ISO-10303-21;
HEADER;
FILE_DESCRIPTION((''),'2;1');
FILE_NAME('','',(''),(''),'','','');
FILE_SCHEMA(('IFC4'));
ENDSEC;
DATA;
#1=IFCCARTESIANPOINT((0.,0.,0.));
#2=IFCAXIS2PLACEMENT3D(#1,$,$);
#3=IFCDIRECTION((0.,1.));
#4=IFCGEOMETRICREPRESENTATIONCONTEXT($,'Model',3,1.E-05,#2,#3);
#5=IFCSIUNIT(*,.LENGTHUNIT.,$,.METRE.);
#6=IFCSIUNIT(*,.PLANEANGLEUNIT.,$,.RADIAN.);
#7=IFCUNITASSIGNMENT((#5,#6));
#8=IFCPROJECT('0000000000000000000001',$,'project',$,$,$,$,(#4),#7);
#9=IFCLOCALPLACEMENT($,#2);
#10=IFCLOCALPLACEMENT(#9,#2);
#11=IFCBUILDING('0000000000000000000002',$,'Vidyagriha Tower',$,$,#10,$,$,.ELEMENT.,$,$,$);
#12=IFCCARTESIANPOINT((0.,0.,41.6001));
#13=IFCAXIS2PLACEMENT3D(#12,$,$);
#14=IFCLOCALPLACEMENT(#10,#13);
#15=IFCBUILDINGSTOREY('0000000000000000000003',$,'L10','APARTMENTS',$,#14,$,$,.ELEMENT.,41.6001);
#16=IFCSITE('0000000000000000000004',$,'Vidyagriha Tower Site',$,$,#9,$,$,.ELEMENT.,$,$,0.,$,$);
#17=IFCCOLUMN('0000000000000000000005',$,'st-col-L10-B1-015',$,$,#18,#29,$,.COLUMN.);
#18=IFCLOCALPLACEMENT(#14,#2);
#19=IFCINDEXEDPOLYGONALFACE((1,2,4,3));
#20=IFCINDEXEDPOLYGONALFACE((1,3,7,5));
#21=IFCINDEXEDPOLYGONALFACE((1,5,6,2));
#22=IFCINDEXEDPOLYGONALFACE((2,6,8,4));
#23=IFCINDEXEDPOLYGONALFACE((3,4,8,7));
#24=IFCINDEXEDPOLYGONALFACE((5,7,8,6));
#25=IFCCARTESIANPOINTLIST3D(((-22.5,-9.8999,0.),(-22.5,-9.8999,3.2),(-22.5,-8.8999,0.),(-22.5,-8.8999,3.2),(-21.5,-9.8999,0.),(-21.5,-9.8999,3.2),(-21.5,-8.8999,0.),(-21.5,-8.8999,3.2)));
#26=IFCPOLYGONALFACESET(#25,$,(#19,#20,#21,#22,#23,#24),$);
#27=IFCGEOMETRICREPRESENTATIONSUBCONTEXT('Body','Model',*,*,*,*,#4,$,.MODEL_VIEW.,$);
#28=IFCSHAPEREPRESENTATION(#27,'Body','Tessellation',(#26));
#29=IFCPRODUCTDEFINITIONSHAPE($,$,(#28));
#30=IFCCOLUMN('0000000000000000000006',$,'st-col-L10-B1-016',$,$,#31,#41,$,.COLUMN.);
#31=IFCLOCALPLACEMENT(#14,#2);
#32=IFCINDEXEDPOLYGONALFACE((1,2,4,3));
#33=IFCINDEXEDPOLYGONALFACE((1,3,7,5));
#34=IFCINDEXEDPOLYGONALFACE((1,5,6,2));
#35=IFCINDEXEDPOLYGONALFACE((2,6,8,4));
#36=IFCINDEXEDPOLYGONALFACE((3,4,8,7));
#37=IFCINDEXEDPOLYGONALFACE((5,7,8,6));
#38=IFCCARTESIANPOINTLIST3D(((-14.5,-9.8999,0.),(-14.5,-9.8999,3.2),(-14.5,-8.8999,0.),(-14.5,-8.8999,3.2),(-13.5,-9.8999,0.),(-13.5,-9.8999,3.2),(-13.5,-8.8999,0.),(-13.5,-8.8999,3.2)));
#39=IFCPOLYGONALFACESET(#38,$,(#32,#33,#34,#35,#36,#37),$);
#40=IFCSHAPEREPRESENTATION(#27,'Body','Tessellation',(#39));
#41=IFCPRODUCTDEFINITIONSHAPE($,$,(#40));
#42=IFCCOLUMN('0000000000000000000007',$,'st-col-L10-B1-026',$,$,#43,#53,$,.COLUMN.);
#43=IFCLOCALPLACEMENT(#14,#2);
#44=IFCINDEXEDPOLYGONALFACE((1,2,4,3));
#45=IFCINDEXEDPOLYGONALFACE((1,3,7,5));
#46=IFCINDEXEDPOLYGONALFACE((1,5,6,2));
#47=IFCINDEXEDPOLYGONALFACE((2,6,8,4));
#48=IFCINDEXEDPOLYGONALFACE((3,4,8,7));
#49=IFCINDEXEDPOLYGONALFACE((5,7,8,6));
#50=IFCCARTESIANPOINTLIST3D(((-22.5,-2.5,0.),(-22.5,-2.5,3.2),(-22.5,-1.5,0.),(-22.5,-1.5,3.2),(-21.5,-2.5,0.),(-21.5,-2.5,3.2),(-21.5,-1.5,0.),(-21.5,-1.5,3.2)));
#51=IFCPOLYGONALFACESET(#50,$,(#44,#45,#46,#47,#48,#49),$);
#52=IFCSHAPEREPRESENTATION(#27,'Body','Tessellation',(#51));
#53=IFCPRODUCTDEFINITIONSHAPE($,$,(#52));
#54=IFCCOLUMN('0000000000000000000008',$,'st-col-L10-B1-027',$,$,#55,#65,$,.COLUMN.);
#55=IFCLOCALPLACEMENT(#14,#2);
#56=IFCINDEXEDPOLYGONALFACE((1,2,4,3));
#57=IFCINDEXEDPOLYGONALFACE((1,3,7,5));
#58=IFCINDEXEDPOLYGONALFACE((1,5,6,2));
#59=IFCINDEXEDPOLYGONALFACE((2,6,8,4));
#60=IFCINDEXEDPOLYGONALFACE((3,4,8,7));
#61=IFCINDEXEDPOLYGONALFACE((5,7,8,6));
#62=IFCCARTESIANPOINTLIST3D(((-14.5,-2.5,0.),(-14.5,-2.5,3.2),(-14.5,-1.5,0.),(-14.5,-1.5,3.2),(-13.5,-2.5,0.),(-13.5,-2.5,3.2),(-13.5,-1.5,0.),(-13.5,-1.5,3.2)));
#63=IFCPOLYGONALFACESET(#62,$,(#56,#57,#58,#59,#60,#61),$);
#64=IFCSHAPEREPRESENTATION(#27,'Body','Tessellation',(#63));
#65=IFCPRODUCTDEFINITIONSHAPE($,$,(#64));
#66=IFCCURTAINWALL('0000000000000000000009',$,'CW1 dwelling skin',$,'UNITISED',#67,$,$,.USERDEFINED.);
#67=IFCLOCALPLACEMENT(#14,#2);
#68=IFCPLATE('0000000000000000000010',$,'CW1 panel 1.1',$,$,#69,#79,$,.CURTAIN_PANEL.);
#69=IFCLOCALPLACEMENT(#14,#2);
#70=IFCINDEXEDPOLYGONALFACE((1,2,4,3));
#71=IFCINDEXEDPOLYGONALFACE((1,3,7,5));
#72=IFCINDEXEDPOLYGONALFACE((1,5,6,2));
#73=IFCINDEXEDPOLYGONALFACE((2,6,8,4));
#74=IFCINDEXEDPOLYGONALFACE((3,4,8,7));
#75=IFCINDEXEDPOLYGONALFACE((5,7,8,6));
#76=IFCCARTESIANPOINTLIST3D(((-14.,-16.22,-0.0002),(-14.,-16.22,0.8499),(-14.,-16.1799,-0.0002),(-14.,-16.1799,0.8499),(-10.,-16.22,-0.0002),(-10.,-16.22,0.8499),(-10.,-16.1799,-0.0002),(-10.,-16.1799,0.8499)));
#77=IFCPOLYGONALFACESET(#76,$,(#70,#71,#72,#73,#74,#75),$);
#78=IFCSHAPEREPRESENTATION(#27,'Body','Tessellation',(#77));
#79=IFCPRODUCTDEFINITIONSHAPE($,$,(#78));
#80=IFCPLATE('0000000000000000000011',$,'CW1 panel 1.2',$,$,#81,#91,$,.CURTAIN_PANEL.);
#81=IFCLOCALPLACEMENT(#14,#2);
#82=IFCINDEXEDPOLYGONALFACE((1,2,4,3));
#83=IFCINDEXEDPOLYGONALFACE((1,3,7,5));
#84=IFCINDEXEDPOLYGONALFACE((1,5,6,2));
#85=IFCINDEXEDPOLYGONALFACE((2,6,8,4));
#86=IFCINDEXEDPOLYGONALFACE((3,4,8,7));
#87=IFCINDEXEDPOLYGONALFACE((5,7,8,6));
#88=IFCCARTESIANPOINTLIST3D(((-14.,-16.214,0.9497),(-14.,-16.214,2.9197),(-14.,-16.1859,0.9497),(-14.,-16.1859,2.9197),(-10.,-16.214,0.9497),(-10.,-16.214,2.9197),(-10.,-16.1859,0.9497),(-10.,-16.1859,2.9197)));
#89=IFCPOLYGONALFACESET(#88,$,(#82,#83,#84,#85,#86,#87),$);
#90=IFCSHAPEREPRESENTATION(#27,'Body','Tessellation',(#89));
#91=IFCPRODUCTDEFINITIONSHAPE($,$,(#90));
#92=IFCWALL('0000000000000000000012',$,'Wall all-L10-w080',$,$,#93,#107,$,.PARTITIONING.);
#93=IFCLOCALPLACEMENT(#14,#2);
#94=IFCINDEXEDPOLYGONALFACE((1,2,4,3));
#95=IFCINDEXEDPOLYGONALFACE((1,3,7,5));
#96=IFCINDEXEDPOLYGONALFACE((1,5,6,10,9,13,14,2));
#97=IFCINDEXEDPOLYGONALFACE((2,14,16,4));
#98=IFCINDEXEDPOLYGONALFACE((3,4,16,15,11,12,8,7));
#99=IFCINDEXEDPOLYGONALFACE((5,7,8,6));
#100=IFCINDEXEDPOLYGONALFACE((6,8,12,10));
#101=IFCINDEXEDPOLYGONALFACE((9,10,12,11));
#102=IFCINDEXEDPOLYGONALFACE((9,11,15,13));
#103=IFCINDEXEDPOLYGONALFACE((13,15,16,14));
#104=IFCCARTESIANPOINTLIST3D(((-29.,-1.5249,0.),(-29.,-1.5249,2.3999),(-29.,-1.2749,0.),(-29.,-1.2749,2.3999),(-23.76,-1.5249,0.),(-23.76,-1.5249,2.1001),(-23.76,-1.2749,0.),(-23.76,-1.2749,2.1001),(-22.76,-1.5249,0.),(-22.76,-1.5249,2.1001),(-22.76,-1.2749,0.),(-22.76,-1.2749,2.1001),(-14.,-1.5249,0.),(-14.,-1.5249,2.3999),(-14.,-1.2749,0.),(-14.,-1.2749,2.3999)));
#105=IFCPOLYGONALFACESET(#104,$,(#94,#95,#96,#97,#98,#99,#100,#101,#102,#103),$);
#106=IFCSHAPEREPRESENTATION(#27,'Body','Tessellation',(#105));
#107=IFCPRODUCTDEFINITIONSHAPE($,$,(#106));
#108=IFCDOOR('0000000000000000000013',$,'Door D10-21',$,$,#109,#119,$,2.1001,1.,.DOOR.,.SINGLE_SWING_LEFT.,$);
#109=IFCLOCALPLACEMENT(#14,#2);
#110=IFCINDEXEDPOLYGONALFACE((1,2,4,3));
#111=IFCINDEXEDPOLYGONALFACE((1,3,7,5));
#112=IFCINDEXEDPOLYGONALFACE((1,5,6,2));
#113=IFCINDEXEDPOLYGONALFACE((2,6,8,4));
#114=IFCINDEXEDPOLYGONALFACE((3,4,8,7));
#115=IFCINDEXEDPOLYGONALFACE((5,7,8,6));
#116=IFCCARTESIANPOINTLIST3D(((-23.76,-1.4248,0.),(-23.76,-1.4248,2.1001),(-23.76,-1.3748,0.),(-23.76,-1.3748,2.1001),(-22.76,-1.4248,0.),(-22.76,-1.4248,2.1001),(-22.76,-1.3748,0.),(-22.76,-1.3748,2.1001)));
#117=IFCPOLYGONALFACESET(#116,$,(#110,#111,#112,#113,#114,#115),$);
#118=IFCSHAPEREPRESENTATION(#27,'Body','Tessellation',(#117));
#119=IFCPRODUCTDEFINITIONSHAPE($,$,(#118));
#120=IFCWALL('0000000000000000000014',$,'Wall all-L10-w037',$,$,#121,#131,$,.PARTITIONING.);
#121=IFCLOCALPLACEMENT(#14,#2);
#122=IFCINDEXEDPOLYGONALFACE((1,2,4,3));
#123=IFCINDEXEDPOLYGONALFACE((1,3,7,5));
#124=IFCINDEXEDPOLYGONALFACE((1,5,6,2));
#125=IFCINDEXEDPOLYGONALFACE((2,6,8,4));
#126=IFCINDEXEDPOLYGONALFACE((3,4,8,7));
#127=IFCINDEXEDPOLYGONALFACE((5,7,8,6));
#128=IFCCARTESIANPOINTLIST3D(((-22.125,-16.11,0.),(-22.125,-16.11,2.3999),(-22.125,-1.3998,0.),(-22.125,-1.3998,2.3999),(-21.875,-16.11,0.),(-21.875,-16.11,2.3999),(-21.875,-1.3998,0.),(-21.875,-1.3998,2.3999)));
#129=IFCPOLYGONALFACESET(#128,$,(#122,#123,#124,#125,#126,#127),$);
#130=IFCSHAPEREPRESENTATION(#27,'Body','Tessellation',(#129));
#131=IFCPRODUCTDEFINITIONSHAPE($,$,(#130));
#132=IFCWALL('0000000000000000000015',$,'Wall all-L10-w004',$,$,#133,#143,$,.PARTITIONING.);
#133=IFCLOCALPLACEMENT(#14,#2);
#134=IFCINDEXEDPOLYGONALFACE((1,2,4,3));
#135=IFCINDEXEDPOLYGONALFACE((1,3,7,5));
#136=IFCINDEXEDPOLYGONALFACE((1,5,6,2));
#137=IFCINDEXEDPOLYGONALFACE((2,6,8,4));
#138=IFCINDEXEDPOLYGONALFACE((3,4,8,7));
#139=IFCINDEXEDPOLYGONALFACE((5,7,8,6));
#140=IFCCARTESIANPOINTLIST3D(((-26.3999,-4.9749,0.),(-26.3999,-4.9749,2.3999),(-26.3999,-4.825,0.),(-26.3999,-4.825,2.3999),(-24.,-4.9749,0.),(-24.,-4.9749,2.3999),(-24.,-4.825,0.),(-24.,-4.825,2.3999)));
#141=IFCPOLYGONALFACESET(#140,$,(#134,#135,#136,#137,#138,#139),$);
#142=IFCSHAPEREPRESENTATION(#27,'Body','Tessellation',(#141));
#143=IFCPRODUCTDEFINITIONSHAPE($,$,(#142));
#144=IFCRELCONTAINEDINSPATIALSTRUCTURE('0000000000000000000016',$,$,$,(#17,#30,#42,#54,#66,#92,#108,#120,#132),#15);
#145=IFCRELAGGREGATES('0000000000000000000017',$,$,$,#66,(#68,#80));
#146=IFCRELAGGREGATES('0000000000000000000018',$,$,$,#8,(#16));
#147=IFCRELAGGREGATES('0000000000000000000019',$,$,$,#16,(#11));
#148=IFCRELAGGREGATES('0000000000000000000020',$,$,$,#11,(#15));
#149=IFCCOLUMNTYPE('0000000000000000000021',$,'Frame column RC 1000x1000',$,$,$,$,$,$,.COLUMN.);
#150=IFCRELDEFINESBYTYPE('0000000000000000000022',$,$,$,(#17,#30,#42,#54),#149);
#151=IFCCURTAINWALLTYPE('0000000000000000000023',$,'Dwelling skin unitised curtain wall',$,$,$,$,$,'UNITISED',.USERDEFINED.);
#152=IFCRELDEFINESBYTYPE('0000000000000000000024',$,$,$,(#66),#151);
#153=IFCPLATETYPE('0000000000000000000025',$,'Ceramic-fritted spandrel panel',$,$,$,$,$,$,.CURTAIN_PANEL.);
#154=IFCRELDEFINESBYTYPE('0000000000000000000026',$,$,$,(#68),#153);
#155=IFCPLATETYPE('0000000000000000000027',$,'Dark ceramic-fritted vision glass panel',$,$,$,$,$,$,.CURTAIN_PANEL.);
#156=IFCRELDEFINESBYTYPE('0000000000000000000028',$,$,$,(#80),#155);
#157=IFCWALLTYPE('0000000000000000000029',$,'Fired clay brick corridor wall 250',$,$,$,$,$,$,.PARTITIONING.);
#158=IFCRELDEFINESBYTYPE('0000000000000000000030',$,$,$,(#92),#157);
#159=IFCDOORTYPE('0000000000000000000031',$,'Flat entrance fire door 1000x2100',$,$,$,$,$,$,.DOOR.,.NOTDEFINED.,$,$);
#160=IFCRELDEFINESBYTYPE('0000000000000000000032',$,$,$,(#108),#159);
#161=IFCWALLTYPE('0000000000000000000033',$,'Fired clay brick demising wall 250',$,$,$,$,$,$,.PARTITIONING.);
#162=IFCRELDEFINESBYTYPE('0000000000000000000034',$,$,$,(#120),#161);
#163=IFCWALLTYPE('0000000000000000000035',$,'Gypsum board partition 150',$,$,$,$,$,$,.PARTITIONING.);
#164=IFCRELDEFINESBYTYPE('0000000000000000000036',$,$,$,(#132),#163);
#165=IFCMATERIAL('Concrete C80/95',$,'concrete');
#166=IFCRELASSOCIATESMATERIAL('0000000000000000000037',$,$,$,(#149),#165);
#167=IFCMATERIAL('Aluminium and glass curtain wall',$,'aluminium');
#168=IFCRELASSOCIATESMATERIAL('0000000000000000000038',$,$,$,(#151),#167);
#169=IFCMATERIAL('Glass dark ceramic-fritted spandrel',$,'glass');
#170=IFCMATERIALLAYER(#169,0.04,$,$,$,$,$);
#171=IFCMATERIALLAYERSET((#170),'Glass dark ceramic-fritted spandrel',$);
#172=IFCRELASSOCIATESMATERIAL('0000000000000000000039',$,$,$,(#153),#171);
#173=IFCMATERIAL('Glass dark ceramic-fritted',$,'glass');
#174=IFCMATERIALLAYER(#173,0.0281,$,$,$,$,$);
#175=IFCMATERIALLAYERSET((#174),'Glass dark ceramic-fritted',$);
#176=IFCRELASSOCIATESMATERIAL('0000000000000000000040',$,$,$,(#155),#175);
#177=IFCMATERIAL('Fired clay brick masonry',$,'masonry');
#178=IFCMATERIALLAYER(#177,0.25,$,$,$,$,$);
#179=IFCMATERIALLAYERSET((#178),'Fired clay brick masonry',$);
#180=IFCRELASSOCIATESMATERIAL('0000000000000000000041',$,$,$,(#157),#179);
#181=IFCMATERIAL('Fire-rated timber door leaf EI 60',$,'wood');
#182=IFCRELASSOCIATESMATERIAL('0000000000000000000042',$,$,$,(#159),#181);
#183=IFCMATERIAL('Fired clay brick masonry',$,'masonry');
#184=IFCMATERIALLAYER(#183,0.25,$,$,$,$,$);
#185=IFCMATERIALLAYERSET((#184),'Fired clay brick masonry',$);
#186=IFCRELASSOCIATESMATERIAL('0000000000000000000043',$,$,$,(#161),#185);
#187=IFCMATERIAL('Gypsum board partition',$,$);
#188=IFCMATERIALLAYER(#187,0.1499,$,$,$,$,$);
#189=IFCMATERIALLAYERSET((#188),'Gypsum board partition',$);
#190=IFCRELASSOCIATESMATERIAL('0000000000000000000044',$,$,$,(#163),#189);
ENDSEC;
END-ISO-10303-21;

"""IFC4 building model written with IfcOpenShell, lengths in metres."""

from ifc_helpers import new_model, si_unit, direction, frame, frame_2d, origin, origin_2d, place, context, subcontext, project, spatial, rectangle, extrude, material, layer, layer_set, material_profile, profile_set, type_object, element, fill, aggregate, save


model = new_model("IFC4")

# Units and contexts
model_context = context("Model", 3, precision=1e-05, world=origin(), true_north=direction((0.0, 1.0)))
body_context = subcontext(model_context, "Body", "Model", "MODEL_VIEW")
ifc_project = project(units=[si_unit("LENGTHUNIT", "METRE"), si_unit("PLANEANGLEUNIT", "RADIAN")], contexts=[model_context])

# Site, building, storey
site_placement = place(None, origin())
site = spatial("IfcSite", under=ifc_project, at=site_placement, Name="Vidyagriha Tower Site", CompositionType="ELEMENT", RefElevation=0.0)
building_placement = place(site_placement, origin())
building = spatial("IfcBuilding", under=site, at=building_placement, Name="Vidyagriha Tower", CompositionType="ELEMENT")
storey_placement = place(building_placement, frame((0.0, 0.0, 41.6001)))
storey = spatial("IfcBuildingStorey", under=building, at=storey_placement, Name="L10", Description="APARTMENTS", CompositionType="ELEMENT", Elevation=41.6001)

# Columns
ifc_material_1 = material(Name="Concrete C80/95", Category="concrete")
ifc_material_profile = material_profile(ifc_material_1, rectangle(XDim=1.0, YDim=1.0, at=origin_2d()), Name="RC 1000x1000")
ifc_profile_set = profile_set([ifc_material_profile], Name="Concrete C80/95")
column_type = type_object("IfcColumnType", Name="Frame column RC 1000x1000", PredefinedType="COLUMN", material=ifc_profile_set)
for number, where, name in (
    (1, (-22.0, -9.3999, 0.0), "st-col-L10-B1-015"),
    (2, (-14.0, -9.3999, 0.0), "st-col-L10-B1-016"),
    (3, (-22.0, -2.0, 0.0), "st-col-L10-B1-026"),
    (4, (-14.0, -2.0, 0.0), "st-col-L10-B1-027"),
):
    element("IfcColumn", number, at=place(storey_placement, frame(where)), inside=storey, type_object=column_type, Name=name, PredefinedType="COLUMN", context=body_context, shape_type="SweptSolid", body=[
        extrude(rectangle(XDim=1.0, YDim=1.0, at=origin_2d()), origin(), (0.0, 0.0, 1.0), 3.2),
    ])

# Curtain wall, plates
ifc_material_2 = material(Name="Aluminium and glass curtain wall", Category="aluminium")
curtain_wall_type = type_object("IfcCurtainWallType", Name="Dwelling skin unitised curtain wall", ElementType="UNITISED", PredefinedType="USERDEFINED", material=ifc_material_2)
curtain_wall_placement = place(storey_placement, origin())
curtain_wall = element("IfcCurtainWall", 5, at=curtain_wall_placement, inside=storey, type_object=curtain_wall_type, Name="CW1 dwelling skin", ObjectType="UNITISED", PredefinedType="USERDEFINED")
ifc_material_3 = material(Name="Glass dark ceramic-fritted spandrel", Category="glass")
ifc_layer_1 = layer(ifc_material_3, 0.04)
ifc_layer_set_1 = layer_set([ifc_layer_1], Name="Glass dark ceramic-fritted spandrel")
plate_type_1 = type_object("IfcPlateType", Name="Ceramic-fritted spandrel panel", PredefinedType="CURTAIN_PANEL", material=ifc_layer_set_1)
plate_1_placement = place(storey_placement, frame((-12.0, -16.2, -0.0002)))
plate_1 = element("IfcPlate", 6, at=plate_1_placement, type_object=plate_type_1, Name="CW1 panel 1.1", PredefinedType="CURTAIN_PANEL", context=body_context, shape_type="SweptSolid", body=[
    extrude(rectangle(XDim=4.0, YDim=0.04, at=origin_2d()), origin(), (0.0, 0.0, 1.0), 0.8501),
])
ifc_material_4 = material(Name="Glass dark ceramic-fritted", Category="glass")
ifc_layer_2 = layer(ifc_material_4, 0.0281)
ifc_layer_set_2 = layer_set([ifc_layer_2], Name="Glass dark ceramic-fritted")
plate_type_2 = type_object("IfcPlateType", Name="Dark ceramic-fritted vision glass panel", PredefinedType="CURTAIN_PANEL", material=ifc_layer_set_2)
plate_2_placement = place(storey_placement, frame((-12.0, -16.2, 0.9497)))
plate_2 = element("IfcPlate", 7, at=plate_2_placement, type_object=plate_type_2, Name="CW1 panel 1.2", PredefinedType="CURTAIN_PANEL", context=body_context, shape_type="SweptSolid", body=[
    extrude(rectangle(XDim=4.0, YDim=0.0281, at=origin_2d()), origin(), (0.0, 0.0, 1.0), 1.97),
])
aggregate(curtain_wall, [plate_1, plate_2])

# Wall, opening, door
ifc_material_5 = material(Name="Fired clay brick masonry", Category="masonry")
ifc_layer_3 = layer(ifc_material_5, 0.25)
ifc_layer_set_3 = layer_set([ifc_layer_3], Name="Fired clay brick masonry")
wall_type_1 = type_object("IfcWallType", Name="Fired clay brick corridor wall 250", PredefinedType="PARTITIONING", material=ifc_layer_set_3)
wall_1_placement = place(storey_placement, frame((-14.0, -1.3999, 0.0), z_axis=(0.0, 0.0, 1.0), x_axis=(-1.0, 0.0, 0.0)))
wall_1 = element("IfcWall", 8, at=wall_1_placement, inside=storey, type_object=wall_type_1, Name="Wall all-L10-w080", PredefinedType="PARTITIONING", context=body_context, shape_type="SweptSolid", body=[
    extrude(rectangle(XDim=15.0, YDim=0.25, at=frame_2d((7.5, 0.0))), origin(), (0.0, 0.0, 1.0), 2.3999),
])
opening_1_placement = place(wall_1_placement, frame((8.76, 0.0, 0.0)))
opening_1 = element("IfcOpeningElement", 9, at=opening_1_placement, cuts=wall_1, PredefinedType="OPENING", context=body_context, shape_type="SweptSolid", body=[
    extrude(rectangle(XDim=1.0, YDim=2.1001, at=frame_2d((0.5, 1.05))), frame((0.0, 0.135, 0.0), z_axis=(0.0, -1.0, 0.0), x_axis=(1.0, 0.0, 0.0)), (0.0, 0.0, 1.0), 0.27),
])
ifc_material_6 = material(Name="Fire-rated timber door leaf EI 60", Category="wood")
door_type_1 = type_object("IfcDoorType", Name="Flat entrance fire door 1000x2100", OperationType="NOTDEFINED", PredefinedType="DOOR", material=ifc_material_6)
door_1_placement = place(opening_1_placement, origin())
door_1 = element("IfcDoor", 10, at=door_1_placement, inside=storey, type_object=door_type_1, Name="Door D10-21", OperationType="SINGLE_SWING_LEFT", OverallHeight=2.1001, OverallWidth=1.0, PredefinedType="DOOR", context=body_context, shape_type="SweptSolid", body=[
    extrude(rectangle(XDim=1.0, YDim=2.1001, at=frame_2d((0.5, 1.05))), frame((0.0, 0.0249, 0.0), z_axis=(0.0, -1.0, 0.0), x_axis=(1.0, 0.0, 0.0)), (0.0, 0.0, 1.0), 0.05),
])
fill(opening_1, door_1)

# Walls
ifc_material_7 = material(Name="Fired clay brick masonry", Category="masonry")
ifc_layer_4 = layer(ifc_material_7, 0.25)
ifc_layer_set_4 = layer_set([ifc_layer_4], Name="Fired clay brick masonry")
wall_type_2 = type_object("IfcWallType", Name="Fired clay brick demising wall 250", PredefinedType="PARTITIONING", material=ifc_layer_set_4)
wall_2_placement = place(storey_placement, frame((-22.0, -1.3999, 0.0), z_axis=(0.0, 0.0, 1.0), x_axis=(0.0, -1.0, 0.0)))
element("IfcWall", 11, at=wall_2_placement, inside=storey, type_object=wall_type_2, Name="Wall all-L10-w037", PredefinedType="PARTITIONING", context=body_context, shape_type="SweptSolid", body=[
    extrude(rectangle(XDim=14.7102, YDim=0.25, at=frame_2d((7.355, 0.0))), origin(), (0.0, 0.0, 1.0), 2.3999),
])
ifc_material_8 = material(Name="Gypsum board partition")
ifc_layer_5 = layer(ifc_material_8, 0.1499)
ifc_layer_set_5 = layer_set([ifc_layer_5], Name="Gypsum board partition")
wall_type_3 = type_object("IfcWallType", Name="Gypsum board partition 150", PredefinedType="PARTITIONING", material=ifc_layer_set_5)
wall_3_placement = place(storey_placement, frame((-24.0, -4.8999, 0.0), z_axis=(0.0, 0.0, 1.0), x_axis=(-1.0, 0.0, 0.0)))
element("IfcWall", 12, at=wall_3_placement, inside=storey, type_object=wall_type_3, Name="Wall all-L10-w004", PredefinedType="PARTITIONING", context=body_context, shape_type="SweptSolid", body=[
    extrude(rectangle(XDim=2.3999, YDim=0.1499, at=frame_2d((1.2, 0.0))), origin(), (0.0, 0.0, 1.0), 2.3999),
])

save(model, "model.ifc")
